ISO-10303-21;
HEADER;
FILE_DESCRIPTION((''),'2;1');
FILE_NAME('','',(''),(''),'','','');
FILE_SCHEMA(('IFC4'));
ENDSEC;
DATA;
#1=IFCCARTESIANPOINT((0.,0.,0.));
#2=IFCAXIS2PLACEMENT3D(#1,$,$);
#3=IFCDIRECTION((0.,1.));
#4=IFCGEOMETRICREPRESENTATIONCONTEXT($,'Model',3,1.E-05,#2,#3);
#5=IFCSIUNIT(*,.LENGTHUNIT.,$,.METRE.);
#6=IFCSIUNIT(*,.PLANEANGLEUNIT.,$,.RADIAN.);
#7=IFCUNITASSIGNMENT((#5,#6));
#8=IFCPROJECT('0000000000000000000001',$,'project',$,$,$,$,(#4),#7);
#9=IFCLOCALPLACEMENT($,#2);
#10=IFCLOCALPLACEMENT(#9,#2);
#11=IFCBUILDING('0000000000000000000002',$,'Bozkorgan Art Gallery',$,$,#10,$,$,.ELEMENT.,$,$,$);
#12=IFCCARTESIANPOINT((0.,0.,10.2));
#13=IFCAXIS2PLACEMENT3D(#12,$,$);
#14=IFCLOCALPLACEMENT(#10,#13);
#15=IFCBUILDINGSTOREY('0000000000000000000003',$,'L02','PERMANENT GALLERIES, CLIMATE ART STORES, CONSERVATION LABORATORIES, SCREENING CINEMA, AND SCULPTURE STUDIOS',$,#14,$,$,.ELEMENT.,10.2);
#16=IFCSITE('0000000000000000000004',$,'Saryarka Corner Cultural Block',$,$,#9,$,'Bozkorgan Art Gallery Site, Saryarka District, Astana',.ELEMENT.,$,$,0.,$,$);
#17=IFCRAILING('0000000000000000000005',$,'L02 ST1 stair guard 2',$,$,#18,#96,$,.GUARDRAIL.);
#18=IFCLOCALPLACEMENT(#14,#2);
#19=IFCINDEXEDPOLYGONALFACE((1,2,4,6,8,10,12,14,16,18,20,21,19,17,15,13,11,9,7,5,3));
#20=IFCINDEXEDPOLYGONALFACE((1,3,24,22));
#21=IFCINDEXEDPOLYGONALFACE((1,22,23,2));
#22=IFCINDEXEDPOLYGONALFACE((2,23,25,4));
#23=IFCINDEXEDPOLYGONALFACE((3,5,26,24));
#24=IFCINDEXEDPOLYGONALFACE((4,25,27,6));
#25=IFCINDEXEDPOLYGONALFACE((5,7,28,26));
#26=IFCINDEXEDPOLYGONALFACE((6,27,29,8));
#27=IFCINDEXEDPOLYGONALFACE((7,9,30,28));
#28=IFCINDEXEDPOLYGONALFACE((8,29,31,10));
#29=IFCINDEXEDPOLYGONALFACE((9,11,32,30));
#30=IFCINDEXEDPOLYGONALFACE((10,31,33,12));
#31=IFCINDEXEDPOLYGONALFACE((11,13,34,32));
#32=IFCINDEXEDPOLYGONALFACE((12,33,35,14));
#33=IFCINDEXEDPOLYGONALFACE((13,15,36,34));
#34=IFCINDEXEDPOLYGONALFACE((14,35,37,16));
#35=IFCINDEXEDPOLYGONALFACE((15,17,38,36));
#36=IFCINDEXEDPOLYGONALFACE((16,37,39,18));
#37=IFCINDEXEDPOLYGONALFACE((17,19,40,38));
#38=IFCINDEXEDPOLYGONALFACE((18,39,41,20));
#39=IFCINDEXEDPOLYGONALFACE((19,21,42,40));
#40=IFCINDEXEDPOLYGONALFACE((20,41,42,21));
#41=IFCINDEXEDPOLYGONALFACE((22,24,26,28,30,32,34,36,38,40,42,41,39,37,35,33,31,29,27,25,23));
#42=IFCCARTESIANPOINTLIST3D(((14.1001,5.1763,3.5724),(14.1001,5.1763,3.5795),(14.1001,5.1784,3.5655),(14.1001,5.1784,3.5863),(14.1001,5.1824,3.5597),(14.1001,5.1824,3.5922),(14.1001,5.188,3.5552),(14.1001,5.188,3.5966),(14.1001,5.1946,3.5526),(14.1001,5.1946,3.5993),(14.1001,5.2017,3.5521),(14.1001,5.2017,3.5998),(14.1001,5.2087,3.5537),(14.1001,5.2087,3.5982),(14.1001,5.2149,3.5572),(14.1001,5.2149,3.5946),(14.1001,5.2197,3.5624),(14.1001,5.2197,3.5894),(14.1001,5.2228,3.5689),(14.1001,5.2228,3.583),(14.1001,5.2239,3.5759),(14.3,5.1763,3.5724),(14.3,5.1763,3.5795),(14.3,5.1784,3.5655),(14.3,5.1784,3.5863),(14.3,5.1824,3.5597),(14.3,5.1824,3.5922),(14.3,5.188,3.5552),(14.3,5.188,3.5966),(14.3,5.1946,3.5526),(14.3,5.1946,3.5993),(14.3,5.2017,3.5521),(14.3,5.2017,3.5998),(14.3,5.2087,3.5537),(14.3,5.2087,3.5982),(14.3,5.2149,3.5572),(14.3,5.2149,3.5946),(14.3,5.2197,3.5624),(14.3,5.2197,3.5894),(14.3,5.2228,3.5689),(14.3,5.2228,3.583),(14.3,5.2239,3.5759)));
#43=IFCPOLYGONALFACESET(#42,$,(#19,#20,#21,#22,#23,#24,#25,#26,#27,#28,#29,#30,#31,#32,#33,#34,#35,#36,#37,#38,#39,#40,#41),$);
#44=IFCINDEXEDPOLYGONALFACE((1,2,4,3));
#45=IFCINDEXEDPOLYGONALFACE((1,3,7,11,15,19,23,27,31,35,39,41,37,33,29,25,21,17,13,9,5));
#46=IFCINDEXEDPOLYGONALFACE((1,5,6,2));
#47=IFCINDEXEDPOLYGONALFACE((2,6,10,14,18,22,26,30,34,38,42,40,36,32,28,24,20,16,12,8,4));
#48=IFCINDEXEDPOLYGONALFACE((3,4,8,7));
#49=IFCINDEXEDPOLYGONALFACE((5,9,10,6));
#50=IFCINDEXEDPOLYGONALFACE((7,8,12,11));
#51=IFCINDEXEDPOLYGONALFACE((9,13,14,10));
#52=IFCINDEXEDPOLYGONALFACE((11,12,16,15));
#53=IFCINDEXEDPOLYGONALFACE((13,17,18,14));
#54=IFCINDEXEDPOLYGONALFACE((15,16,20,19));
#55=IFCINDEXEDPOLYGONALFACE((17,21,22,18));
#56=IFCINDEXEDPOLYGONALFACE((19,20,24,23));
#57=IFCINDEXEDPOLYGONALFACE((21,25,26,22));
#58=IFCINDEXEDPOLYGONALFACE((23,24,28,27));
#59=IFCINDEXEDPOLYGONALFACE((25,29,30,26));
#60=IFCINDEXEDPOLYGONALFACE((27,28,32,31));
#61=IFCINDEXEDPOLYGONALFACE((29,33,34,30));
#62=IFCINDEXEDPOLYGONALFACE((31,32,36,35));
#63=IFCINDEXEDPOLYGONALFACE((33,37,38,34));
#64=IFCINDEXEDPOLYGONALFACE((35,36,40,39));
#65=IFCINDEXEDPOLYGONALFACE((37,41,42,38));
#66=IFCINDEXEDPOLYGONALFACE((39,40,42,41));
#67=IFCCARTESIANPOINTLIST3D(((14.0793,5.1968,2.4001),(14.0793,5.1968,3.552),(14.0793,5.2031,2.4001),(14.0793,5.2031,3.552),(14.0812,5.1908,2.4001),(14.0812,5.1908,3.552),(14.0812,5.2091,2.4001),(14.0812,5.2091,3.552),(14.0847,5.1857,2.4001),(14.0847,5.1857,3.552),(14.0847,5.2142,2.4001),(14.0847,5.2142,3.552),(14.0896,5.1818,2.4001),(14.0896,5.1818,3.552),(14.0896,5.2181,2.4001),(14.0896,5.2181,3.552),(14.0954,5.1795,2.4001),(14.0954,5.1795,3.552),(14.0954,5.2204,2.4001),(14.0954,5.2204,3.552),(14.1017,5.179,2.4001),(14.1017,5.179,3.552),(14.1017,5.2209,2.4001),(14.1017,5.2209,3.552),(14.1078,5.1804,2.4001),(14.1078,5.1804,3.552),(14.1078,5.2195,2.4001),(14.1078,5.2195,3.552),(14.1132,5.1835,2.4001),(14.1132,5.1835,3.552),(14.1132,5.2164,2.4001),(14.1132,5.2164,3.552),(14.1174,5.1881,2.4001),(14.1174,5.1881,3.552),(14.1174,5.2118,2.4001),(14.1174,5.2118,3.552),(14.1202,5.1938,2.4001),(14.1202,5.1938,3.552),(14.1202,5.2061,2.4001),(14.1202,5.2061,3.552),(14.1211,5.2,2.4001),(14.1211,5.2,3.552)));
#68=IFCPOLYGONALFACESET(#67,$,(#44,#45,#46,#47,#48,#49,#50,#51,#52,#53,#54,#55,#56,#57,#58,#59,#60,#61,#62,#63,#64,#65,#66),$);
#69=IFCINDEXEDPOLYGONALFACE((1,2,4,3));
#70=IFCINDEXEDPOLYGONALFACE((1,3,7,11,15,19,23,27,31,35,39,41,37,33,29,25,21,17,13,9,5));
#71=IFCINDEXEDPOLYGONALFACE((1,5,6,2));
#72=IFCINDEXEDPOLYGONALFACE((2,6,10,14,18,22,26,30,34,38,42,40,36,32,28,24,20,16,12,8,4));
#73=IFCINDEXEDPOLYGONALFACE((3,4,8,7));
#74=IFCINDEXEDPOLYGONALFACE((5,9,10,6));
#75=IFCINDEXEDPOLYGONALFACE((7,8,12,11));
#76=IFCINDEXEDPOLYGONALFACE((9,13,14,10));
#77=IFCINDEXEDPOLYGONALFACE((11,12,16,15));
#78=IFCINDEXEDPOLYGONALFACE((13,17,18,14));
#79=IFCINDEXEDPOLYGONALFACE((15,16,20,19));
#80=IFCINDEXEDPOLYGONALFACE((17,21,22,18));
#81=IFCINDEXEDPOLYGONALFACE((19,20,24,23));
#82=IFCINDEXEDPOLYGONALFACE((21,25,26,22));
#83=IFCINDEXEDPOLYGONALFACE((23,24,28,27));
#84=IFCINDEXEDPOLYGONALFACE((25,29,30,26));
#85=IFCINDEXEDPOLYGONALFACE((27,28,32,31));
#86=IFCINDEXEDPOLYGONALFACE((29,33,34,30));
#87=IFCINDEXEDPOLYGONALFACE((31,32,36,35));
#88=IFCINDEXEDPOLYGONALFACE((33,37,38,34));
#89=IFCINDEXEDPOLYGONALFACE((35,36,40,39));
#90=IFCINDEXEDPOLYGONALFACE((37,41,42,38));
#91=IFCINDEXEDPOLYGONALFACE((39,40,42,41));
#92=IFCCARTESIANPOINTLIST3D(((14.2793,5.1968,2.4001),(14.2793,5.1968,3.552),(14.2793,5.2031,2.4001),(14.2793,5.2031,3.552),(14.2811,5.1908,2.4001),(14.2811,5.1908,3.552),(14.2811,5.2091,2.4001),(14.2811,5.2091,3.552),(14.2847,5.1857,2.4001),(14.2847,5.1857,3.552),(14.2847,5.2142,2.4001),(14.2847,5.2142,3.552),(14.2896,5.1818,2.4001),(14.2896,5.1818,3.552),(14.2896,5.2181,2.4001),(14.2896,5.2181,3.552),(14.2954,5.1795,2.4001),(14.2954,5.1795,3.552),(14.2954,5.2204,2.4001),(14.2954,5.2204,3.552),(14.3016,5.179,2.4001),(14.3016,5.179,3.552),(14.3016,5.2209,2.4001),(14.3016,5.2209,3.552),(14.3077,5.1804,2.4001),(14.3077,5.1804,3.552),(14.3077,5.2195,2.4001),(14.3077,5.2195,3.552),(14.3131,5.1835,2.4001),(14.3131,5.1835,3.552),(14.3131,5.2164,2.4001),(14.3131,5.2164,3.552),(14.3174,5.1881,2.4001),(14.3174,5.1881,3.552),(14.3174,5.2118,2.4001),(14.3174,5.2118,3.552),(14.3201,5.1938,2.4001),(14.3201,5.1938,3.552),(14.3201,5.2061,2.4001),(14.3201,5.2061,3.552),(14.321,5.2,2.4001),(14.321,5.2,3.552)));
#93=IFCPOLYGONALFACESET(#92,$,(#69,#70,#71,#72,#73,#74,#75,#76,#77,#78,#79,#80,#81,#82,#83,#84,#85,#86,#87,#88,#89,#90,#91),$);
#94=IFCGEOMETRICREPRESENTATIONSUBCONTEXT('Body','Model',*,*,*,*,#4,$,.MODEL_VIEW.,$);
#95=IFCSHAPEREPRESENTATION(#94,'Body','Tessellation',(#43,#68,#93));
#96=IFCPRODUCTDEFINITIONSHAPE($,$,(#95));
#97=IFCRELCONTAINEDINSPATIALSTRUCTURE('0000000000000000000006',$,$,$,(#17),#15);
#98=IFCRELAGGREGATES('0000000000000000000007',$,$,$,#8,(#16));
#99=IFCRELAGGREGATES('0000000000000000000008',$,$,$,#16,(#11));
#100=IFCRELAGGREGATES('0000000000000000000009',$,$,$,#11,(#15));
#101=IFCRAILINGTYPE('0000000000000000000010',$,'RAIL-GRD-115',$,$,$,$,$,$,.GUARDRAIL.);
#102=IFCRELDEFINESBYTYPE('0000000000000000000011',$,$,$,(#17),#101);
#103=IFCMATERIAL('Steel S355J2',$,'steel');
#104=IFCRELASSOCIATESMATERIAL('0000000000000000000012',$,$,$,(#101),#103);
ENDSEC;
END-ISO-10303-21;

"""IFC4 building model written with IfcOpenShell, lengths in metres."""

from ifc_helpers import new_model, si_unit, direction, frame, origin, origin_2d, place, context, subcontext, project, spatial, circle, extrude, material, type_object, element, save


model = new_model("IFC4")

# Units and contexts
model_context = context("Model", 3, precision=1e-05, world=origin(), true_north=direction((0.0, 1.0)))
body_context = subcontext(model_context, "Body", "Model", "MODEL_VIEW")
ifc_project = project(units=[si_unit("LENGTHUNIT", "METRE"), si_unit("PLANEANGLEUNIT", "RADIAN")], contexts=[model_context])

# Site, building, storey
site_placement = place(None, origin())
site = spatial("IfcSite", under=ifc_project, at=site_placement, Name="Saryarka Corner Cultural Block", LongName="Bozkorgan Art Gallery Site, Saryarka District, Astana", CompositionType="ELEMENT", RefElevation=0.0)
building_placement = place(site_placement, origin())
building = spatial("IfcBuilding", under=site, at=building_placement, Name="Bozkorgan Art Gallery", CompositionType="ELEMENT")
storey_placement = place(building_placement, frame((0.0, 0.0, 10.2)))
storey = spatial("IfcBuildingStorey", under=building, at=storey_placement, Name="L02", Description="PERMANENT GALLERIES, CLIMATE ART STORES, CONSERVATION LABORATORIES, SCREENING CINEMA, AND SCULPTURE STUDIOS", CompositionType="ELEMENT", Elevation=10.2)

# Shared definitions
ifc_material_1 = material(Name="Steel S355J2", Category="steel")

# Railing
railing_type_1 = type_object("IfcRailingType", Name="RAIL-GRD-115", PredefinedType="GUARDRAIL", material=ifc_material_1)
railing_1_placement = place(storey_placement, frame((14.1001, 5.2, 2.4001)))
element("IfcRailing", 1, at=railing_1_placement, inside=storey, type_object=railing_type_1, Name="L02 ST1 stair guard 2", PredefinedType="GUARDRAIL", context=body_context, shape_type="SweptSolid", body=[
    extrude(circle(Radius=0.0239, at=origin_2d()), frame((0.0, 0.0, 1.1758), z_axis=(1.0, 0.0, 0.0), x_axis=(0.0, 1.0, 0.0)), (0.0, 0.0, 1.0), 0.2),
    extrude(circle(Radius=0.021, at=origin_2d()), origin(), (0.0, 0.0, 1.0), 1.1519),
    extrude(circle(Radius=0.021, at=origin_2d()), frame((0.2, 0.0, 0.0)), (0.0, 0.0, 1.0), 1.1519),
])

save(model, "model.ifc")
